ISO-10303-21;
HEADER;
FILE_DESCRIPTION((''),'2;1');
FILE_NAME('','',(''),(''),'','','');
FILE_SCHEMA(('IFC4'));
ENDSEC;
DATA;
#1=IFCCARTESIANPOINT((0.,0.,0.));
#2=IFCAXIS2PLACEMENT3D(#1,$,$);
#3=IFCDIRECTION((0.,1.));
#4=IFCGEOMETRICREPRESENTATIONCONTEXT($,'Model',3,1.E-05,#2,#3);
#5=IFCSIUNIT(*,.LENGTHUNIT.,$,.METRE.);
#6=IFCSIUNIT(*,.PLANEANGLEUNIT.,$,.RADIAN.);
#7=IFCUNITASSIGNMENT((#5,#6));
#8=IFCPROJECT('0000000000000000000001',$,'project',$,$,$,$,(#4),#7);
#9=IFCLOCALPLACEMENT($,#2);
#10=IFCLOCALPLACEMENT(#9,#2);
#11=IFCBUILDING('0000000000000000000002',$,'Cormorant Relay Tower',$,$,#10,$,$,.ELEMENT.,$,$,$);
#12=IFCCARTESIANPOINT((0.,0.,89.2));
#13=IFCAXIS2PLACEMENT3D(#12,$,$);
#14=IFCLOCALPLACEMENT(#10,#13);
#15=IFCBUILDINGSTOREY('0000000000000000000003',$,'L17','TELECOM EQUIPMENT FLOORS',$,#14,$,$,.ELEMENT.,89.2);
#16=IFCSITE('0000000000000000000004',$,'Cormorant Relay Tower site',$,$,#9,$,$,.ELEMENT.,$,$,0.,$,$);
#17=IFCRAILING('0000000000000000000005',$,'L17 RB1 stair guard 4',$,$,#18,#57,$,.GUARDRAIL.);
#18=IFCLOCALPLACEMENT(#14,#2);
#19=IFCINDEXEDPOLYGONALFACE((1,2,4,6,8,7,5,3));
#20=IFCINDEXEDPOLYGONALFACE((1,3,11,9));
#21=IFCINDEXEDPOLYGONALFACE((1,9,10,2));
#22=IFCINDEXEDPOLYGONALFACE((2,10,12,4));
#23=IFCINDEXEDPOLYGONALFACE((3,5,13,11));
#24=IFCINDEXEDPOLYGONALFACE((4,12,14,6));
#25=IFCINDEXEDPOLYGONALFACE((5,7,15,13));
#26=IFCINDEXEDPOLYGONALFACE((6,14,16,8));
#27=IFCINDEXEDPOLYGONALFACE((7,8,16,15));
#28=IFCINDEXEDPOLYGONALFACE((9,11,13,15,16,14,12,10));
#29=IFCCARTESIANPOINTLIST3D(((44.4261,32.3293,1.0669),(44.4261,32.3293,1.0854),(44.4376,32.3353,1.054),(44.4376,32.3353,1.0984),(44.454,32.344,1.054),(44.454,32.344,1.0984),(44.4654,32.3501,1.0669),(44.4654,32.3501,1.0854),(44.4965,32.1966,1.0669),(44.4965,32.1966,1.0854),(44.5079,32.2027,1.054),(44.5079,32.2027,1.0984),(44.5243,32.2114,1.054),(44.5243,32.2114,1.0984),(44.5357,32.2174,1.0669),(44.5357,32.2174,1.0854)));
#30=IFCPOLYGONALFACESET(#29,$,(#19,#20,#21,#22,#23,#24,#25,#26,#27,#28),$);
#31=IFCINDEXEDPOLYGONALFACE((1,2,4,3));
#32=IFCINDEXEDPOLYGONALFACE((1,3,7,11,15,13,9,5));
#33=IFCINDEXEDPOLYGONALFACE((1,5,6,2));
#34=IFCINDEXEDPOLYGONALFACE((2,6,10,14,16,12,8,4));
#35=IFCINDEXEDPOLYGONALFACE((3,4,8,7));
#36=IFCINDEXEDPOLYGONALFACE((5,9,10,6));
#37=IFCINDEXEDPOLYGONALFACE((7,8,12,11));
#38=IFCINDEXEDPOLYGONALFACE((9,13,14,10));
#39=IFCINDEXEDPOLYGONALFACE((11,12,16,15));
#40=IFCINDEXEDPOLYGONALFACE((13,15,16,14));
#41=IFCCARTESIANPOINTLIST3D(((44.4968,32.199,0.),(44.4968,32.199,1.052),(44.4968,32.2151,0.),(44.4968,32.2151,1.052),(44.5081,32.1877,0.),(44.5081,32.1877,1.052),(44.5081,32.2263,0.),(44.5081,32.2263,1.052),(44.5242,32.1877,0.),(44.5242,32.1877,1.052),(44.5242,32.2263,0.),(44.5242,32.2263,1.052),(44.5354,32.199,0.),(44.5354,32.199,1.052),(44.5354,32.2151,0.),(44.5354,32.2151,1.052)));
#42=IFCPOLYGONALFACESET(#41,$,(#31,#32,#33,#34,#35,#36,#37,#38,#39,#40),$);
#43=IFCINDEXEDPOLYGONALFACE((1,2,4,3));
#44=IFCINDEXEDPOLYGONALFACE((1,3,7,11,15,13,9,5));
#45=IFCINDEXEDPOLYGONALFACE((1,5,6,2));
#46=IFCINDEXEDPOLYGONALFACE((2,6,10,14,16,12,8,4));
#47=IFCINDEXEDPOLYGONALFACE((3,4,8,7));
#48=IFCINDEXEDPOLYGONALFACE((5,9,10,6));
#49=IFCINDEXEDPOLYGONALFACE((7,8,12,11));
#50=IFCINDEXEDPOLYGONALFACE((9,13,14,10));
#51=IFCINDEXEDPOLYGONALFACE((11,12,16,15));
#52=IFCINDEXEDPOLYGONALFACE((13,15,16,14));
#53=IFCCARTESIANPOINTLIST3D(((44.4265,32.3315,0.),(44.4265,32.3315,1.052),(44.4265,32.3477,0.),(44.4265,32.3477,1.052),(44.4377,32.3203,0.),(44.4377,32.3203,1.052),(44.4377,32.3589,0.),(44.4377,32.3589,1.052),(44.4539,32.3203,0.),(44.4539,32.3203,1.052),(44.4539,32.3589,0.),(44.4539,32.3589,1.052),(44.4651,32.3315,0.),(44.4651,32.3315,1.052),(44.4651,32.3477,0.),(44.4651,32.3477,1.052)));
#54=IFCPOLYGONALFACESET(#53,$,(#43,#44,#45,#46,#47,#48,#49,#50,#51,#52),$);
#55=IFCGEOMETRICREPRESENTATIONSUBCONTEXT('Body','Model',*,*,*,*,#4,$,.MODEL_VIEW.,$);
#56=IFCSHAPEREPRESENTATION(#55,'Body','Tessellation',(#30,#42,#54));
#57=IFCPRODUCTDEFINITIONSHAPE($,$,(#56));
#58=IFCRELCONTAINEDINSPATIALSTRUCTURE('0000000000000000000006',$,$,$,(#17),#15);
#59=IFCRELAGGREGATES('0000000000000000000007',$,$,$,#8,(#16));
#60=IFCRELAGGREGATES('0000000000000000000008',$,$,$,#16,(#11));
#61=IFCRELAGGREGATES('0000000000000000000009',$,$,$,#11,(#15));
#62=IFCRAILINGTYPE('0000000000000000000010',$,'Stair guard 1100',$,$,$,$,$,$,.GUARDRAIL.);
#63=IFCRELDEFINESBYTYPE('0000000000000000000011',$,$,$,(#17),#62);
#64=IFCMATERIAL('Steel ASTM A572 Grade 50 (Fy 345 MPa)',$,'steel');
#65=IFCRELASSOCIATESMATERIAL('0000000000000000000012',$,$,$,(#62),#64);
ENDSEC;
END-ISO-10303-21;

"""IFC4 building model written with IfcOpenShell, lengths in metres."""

from ifc_helpers import new_model, si_unit, direction, frame, origin, place, context, subcontext, project, spatial, polyline, outline, extrude, material, type_object, element, save


model = new_model("IFC4")

# Units and contexts
model_context = context("Model", 3, precision=1e-05, world=origin(), true_north=direction((0.0, 1.0)))
body_context = subcontext(model_context, "Body", "Model", "MODEL_VIEW")
ifc_project = project(units=[si_unit("LENGTHUNIT", "METRE"), si_unit("PLANEANGLEUNIT", "RADIAN")], contexts=[model_context])

# Site, building, storey
site_placement = place(None, origin())
site = spatial("IfcSite", under=ifc_project, at=site_placement, Name="Cormorant Relay Tower site", CompositionType="ELEMENT", RefElevation=0.0)
building_placement = place(site_placement, origin())
building = spatial("IfcBuilding", under=site, at=building_placement, Name="Cormorant Relay Tower", CompositionType="ELEMENT")
storey_placement = place(building_placement, frame((0.0, 0.0, 89.2)))
storey = spatial("IfcBuildingStorey", under=building, at=storey_placement, Name="L17", Description="TELECOM EQUIPMENT FLOORS", CompositionType="ELEMENT", Elevation=89.2)

# Railing
ifc_material_1 = material(Name="Steel ASTM A572 Grade 50 (Fy 345 MPa)", Category="steel")
railing_type = type_object("IfcRailingType", Name="Stair guard 1100", PredefinedType="GUARDRAIL", material=ifc_material_1)
railing_1_placement = place(storey_placement, frame((44.5161, 32.207, 0.0)))
element("IfcRailing", 1, at=railing_1_placement, inside=storey, type_object=railing_type, Name="L17 RB1 stair guard 4", PredefinedType="GUARDRAIL", context=body_context, shape_type="SweptSolid", body=[
    extrude(outline(polyline([(0.0222, 0.0093), (0.0093, 0.0222), (-0.0093, 0.0222), (-0.0222, 0.0093), (-0.0222, -0.0093), (-0.0093, -0.0222), (0.0093, -0.0222), (0.0222, -0.0093), (0.0222, 0.0093)])), frame((0.0, 0.0, 1.0762), z_axis=(-0.46856, 0.883431, 0.0), x_axis=(-0.883431, -0.46856, 0.0)), (0.0, 0.0, 1.0), 0.1501),
    extrude(outline(polyline([(0.0193, 0.0081), (0.0081, 0.0193), (-0.0081, 0.0193), (-0.0193, 0.0081), (-0.0193, -0.0081), (-0.0081, -0.0193), (0.0081, -0.0193), (0.0193, -0.0081), (0.0193, 0.0081)])), origin(), (0.0, 0.0, 1.0), 1.052),
    extrude(outline(polyline([(0.0193, 0.0081), (0.0081, 0.0193), (-0.0081, 0.0193), (-0.0193, 0.0081), (-0.0193, -0.0081), (-0.0081, -0.0193), (0.0081, -0.0193), (0.0193, -0.0081), (0.0193, 0.0081)])), frame((-0.0703, 0.1326, 0.0)), (0.0, 0.0, 1.0), 1.052),
])

save(model, "model.ifc")
